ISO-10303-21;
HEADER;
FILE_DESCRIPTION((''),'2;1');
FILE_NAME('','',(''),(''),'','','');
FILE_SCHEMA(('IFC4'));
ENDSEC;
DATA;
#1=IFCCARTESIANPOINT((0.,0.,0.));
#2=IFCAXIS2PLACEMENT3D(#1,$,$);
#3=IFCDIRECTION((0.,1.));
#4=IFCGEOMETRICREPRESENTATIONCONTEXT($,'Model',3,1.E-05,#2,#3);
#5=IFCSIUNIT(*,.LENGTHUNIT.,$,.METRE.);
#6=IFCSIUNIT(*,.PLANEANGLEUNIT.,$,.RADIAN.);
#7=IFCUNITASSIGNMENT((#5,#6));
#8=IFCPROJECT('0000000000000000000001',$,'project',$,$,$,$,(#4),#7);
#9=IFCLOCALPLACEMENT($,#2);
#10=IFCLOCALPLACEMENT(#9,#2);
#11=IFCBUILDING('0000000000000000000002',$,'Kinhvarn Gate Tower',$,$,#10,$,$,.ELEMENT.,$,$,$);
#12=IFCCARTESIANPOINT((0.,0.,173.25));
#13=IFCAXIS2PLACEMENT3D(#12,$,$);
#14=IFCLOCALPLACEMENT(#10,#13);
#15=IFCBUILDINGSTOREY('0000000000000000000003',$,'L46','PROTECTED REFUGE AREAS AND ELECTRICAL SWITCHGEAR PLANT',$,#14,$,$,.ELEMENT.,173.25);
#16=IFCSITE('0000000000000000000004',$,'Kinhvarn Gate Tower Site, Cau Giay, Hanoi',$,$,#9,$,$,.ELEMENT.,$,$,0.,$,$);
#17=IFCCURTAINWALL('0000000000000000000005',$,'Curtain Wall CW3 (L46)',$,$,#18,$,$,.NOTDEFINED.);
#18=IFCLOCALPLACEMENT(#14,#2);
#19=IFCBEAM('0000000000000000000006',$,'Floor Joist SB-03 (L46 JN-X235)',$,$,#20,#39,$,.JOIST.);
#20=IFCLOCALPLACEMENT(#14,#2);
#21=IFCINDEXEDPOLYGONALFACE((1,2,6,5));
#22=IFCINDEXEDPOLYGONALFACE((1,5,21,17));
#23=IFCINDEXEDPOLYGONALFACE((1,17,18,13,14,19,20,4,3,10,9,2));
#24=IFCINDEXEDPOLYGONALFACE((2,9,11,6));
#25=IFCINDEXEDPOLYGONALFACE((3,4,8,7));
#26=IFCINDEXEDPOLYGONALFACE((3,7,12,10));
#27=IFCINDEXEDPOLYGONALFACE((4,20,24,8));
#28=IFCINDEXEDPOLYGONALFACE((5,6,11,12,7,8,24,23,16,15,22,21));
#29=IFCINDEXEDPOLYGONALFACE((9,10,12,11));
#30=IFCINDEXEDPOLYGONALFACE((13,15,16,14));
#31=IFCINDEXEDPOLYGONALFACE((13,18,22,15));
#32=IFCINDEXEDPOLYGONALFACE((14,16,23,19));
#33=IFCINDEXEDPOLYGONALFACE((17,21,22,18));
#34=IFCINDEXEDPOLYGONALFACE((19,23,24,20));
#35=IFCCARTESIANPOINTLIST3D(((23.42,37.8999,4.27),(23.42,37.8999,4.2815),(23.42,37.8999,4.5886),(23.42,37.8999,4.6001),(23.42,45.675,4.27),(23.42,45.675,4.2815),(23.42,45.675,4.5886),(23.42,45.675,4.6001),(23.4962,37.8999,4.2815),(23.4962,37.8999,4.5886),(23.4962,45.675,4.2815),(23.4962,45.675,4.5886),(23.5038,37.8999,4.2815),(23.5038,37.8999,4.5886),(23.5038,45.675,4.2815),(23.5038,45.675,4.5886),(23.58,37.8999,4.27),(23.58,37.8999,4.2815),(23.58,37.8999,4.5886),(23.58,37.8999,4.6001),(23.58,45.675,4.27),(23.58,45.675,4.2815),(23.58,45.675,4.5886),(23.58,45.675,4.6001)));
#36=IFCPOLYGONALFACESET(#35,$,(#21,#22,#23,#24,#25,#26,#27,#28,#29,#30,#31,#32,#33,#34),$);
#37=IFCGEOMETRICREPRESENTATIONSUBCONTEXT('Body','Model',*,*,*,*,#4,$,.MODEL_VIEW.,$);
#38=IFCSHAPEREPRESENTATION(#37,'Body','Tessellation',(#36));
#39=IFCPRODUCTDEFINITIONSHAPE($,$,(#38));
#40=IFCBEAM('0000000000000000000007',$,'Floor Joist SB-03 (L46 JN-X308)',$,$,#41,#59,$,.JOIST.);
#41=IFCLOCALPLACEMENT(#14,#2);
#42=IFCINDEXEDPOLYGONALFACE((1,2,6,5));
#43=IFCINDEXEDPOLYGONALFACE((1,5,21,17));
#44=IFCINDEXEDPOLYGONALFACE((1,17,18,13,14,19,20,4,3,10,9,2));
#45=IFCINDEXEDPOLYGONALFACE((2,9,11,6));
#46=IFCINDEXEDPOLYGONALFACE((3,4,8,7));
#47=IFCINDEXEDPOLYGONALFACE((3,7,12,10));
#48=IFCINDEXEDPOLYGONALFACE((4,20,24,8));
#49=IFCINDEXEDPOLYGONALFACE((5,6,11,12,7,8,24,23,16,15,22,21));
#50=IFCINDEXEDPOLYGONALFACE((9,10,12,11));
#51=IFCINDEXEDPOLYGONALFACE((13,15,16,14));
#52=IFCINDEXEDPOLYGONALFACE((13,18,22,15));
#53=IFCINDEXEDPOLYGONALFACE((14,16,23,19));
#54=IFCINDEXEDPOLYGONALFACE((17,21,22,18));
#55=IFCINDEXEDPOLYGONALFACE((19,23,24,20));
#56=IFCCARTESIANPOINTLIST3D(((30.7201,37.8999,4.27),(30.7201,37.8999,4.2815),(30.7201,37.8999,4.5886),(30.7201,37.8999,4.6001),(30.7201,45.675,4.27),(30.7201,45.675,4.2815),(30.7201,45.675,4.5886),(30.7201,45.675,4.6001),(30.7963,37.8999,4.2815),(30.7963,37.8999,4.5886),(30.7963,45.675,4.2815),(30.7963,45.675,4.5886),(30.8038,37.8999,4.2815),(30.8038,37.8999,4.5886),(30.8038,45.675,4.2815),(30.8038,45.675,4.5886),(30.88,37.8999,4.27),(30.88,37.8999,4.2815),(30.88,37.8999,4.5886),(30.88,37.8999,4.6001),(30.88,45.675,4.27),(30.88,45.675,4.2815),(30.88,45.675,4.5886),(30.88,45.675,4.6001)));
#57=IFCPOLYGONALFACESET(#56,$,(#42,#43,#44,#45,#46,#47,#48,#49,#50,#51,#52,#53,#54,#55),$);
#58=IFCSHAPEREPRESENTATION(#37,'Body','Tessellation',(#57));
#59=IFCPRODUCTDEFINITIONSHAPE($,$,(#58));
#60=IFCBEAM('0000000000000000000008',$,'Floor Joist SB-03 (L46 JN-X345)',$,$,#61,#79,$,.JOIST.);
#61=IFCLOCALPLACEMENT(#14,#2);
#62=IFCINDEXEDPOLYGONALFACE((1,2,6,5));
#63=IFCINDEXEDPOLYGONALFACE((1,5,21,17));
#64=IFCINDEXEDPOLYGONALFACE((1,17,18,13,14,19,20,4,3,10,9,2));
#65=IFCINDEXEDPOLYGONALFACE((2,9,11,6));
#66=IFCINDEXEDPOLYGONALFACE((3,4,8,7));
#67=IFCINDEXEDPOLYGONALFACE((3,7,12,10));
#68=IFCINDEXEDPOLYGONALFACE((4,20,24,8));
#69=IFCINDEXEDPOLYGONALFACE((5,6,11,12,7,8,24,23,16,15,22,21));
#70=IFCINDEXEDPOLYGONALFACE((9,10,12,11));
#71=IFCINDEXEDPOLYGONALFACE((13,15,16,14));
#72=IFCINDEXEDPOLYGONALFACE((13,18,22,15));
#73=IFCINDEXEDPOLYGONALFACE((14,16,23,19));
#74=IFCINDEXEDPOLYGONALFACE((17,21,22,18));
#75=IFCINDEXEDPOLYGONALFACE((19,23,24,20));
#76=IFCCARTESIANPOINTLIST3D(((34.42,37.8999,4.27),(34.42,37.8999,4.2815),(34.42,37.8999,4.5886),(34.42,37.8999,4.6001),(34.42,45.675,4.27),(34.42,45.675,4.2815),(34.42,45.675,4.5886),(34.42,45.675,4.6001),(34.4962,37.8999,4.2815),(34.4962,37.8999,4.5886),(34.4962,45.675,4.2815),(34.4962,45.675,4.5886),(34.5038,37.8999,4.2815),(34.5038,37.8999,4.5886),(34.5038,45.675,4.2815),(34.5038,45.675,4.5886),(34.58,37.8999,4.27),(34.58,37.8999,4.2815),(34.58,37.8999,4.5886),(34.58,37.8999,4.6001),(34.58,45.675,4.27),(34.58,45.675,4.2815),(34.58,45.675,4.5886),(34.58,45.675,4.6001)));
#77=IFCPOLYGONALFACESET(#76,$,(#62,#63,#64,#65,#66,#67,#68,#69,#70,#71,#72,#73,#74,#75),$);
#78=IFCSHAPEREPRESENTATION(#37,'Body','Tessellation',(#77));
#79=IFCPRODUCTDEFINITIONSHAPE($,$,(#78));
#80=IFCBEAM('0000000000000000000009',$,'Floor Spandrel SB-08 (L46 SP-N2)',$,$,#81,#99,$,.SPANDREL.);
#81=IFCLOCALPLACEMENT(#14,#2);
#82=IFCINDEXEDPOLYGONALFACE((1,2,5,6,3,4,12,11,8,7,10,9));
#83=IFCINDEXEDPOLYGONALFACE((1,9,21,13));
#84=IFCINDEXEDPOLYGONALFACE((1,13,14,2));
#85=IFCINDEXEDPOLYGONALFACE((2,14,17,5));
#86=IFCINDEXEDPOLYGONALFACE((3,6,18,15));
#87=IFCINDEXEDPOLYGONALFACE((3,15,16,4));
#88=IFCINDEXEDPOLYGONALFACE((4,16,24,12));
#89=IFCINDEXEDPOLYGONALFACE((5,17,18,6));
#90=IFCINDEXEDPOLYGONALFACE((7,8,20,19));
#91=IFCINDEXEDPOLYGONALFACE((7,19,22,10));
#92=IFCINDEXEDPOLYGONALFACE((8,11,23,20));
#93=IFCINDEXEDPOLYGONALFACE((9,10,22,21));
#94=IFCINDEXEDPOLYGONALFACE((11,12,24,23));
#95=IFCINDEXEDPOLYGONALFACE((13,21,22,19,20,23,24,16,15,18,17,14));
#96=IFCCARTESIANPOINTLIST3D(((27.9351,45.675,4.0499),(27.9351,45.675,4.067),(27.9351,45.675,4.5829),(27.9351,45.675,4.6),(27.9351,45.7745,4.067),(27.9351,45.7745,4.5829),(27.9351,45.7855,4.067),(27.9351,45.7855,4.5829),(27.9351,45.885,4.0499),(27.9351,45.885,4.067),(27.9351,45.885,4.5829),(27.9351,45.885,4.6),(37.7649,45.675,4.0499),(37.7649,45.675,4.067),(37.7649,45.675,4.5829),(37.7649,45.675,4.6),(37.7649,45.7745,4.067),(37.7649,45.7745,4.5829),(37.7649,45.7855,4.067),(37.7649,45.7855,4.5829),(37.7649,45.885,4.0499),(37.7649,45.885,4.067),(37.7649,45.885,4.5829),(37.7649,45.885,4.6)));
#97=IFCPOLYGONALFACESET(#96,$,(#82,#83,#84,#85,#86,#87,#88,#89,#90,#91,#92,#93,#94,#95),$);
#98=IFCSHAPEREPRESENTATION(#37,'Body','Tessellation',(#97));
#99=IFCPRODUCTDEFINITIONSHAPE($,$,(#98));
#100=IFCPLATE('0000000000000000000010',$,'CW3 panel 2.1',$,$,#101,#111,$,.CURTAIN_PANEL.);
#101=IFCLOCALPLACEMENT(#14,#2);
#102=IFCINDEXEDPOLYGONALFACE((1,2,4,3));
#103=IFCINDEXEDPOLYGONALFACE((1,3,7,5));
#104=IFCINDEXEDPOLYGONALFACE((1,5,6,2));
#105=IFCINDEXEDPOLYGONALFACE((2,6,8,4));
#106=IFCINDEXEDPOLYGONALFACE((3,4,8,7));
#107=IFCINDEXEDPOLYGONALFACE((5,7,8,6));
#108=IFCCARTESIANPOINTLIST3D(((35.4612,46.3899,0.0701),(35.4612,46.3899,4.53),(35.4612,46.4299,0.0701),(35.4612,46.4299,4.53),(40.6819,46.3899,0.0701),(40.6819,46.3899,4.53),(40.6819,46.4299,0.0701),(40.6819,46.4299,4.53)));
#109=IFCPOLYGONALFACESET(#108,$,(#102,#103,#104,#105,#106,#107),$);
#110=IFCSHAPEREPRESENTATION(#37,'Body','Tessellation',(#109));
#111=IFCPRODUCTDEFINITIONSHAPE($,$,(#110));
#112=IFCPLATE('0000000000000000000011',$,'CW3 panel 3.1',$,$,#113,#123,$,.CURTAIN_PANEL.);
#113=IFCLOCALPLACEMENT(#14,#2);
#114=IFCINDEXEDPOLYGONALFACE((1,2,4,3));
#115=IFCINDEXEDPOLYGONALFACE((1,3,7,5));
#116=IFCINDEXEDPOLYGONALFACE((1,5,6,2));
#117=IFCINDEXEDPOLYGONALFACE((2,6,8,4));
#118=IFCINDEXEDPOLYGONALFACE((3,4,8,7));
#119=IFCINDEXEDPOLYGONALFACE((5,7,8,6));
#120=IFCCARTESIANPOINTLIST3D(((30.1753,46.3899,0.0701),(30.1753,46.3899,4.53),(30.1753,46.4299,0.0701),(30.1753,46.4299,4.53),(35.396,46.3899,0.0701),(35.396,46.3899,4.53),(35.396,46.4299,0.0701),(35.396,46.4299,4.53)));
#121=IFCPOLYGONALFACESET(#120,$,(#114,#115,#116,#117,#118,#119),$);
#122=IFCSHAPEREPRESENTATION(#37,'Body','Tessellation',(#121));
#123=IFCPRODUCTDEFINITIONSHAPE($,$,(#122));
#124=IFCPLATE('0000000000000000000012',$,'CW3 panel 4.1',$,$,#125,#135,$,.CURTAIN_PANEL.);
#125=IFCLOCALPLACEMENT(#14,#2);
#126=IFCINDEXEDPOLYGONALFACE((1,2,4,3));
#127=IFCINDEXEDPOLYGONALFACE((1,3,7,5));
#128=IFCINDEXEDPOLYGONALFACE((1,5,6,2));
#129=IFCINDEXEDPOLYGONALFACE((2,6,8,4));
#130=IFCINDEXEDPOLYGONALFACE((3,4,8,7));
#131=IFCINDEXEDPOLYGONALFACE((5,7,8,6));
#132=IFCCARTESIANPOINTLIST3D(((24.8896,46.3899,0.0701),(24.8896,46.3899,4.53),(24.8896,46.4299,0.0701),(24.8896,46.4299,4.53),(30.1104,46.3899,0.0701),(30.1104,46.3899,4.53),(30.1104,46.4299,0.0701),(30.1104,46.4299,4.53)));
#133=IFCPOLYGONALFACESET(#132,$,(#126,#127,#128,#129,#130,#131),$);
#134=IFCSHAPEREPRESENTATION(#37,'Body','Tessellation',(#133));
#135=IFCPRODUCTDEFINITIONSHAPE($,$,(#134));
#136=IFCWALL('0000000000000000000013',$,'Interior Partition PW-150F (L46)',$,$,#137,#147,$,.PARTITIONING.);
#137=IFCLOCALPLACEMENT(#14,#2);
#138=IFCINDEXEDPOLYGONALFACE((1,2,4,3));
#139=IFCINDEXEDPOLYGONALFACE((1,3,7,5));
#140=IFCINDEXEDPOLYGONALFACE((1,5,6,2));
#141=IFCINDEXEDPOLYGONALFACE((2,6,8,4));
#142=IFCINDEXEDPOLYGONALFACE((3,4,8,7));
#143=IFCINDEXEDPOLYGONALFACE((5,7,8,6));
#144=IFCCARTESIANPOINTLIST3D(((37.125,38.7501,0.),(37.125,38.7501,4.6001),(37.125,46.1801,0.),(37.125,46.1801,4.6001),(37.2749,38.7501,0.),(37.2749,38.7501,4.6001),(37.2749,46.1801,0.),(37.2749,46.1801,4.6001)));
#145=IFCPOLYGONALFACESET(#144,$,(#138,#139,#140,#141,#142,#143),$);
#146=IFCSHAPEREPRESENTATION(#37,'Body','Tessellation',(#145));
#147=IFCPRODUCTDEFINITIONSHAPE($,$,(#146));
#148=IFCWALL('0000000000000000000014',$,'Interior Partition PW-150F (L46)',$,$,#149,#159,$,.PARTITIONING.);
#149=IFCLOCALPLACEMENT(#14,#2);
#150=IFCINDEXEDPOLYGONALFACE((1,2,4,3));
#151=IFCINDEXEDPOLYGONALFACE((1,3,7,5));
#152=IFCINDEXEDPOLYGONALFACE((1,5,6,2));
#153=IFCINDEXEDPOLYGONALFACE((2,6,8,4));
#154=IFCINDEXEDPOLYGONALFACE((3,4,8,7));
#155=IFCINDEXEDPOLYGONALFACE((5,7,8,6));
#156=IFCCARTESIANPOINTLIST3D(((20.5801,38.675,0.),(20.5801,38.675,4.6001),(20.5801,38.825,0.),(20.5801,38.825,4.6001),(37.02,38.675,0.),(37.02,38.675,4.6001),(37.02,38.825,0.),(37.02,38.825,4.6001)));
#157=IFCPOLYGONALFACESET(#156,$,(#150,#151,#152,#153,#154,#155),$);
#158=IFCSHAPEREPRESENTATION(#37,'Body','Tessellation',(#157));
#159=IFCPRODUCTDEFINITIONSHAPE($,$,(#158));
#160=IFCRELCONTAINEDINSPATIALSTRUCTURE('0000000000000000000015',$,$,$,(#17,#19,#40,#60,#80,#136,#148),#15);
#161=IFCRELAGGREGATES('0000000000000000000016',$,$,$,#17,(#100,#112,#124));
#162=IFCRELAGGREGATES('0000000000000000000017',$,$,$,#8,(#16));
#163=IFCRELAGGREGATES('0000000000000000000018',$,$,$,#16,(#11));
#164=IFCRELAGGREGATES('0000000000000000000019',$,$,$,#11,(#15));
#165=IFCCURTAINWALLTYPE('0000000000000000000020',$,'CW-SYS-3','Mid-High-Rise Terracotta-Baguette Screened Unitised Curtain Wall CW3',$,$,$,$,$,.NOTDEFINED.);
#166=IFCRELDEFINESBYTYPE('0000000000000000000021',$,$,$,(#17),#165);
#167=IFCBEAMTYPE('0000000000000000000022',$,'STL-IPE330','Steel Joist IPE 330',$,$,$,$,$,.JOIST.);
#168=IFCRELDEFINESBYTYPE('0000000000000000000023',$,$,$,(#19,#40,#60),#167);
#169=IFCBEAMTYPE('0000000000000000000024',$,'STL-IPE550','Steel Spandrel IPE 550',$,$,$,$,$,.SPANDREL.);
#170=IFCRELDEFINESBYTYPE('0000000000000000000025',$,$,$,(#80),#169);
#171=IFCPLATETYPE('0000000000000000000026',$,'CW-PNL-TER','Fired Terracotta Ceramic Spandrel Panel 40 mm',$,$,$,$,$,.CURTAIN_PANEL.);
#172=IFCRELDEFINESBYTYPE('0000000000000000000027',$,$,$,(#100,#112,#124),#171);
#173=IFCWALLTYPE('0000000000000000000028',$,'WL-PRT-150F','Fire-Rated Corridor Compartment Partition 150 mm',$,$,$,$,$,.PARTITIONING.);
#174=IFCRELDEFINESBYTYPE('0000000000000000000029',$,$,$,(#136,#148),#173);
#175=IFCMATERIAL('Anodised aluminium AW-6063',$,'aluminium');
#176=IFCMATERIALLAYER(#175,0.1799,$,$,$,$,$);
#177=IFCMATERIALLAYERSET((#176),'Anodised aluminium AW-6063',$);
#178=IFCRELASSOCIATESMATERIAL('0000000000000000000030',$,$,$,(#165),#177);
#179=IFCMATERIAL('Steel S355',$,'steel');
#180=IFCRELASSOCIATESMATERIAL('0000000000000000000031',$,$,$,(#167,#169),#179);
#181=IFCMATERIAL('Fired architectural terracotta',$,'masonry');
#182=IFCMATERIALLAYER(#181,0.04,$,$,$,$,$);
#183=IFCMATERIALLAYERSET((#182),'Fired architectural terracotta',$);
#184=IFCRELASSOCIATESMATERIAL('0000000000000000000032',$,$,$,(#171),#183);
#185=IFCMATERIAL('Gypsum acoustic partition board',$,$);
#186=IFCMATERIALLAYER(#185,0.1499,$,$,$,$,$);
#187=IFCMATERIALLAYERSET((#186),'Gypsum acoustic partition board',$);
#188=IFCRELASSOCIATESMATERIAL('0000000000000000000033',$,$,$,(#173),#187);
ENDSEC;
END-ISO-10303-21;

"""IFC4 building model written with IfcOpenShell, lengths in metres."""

from ifc_helpers import new_model, si_unit, direction, frame, frame_2d, origin, origin_2d, place, context, subcontext, project, spatial, rectangle, i_section, extrude, material, layer, layer_set, material_profile, profile_set, type_object, element, aggregate, save


model = new_model("IFC4")

# Units and contexts
model_context = context("Model", 3, precision=1e-05, world=origin(), true_north=direction((0.0, 1.0)))
body_context = subcontext(model_context, "Body", "Model", "MODEL_VIEW")
ifc_project = project(units=[si_unit("LENGTHUNIT", "METRE"), si_unit("PLANEANGLEUNIT", "RADIAN")], contexts=[model_context])

# Site, building, storey
site_placement = place(None, origin())
site = spatial("IfcSite", under=ifc_project, at=site_placement, Name="Kinhvarn Gate Tower Site, Cau Giay, Hanoi", CompositionType="ELEMENT", RefElevation=0.0)
building_placement = place(site_placement, origin())
building = spatial("IfcBuilding", under=site, at=building_placement, Name="Kinhvarn Gate Tower", CompositionType="ELEMENT")
storey_placement = place(building_placement, frame((0.0, 0.0, 173.25)))
storey = spatial("IfcBuildingStorey", under=building, at=storey_placement, Name="L46", Description="PROTECTED REFUGE AREAS AND ELECTRICAL SWITCHGEAR PLANT", CompositionType="ELEMENT", Elevation=173.25)

# Curtain wall
ifc_material_1 = material(Name="Anodised aluminium AW-6063", Category="aluminium")
ifc_layer_1 = layer(ifc_material_1, 0.1799)
ifc_layer_set_1 = layer_set([ifc_layer_1], Name="Anodised aluminium AW-6063")
curtain_wall_type = type_object("IfcCurtainWallType", Name="CW-SYS-3", Description="Mid-High-Rise Terracotta-Baguette Screened Unitised Curtain Wall CW3", PredefinedType="NOTDEFINED", material=ifc_layer_set_1)
curtain_wall_placement = place(storey_placement, origin())
curtain_wall = element("IfcCurtainWall", 1, at=curtain_wall_placement, inside=storey, type_object=curtain_wall_type, Name="Curtain Wall CW3 (L46)", PredefinedType="NOTDEFINED")

# Shared definitions
ifc_material_2 = material(Name="Steel S355", Category="steel")

# Beams
ifc_material_profile_1 = material_profile(ifc_material_2, i_section(OverallWidth=0.1599, OverallDepth=0.3301, WebThickness=0.0076, FlangeThickness=0.0115, at=origin_2d()), Name="IPE 330")
ifc_profile_set_1 = profile_set([ifc_material_profile_1], Name="Steel S355")
beam_type_1 = type_object("IfcBeamType", Name="STL-IPE330", Description="Steel Joist IPE 330", PredefinedType="JOIST", material=ifc_profile_set_1)
for number, where, z_axis, x_axis, name in (
    (2, (23.5, 37.8999, 4.4351), (0.0, 1.0, 0.0), (-1.0, 0.0, 0.0), "Floor Joist SB-03 (L46 JN-X235)"),
    (3, (30.8, 37.8999, 4.4351), (0.0, 1.0, 0.0), (-1.0, 0.0, 0.0), "Floor Joist SB-03 (L46 JN-X308)"),
    (4, (34.5, 37.8999, 4.4351), (0.0, 1.0, 0.0), (-1.0, 0.0, 0.0), "Floor Joist SB-03 (L46 JN-X345)"),
):
    element("IfcBeam", number, at=place(storey_placement, frame(where, z_axis=z_axis, x_axis=x_axis)), inside=storey, type_object=beam_type_1, Name=name, PredefinedType="JOIST", context=body_context, shape_type="SweptSolid", body=[
        extrude(i_section(OverallWidth=0.1599, OverallDepth=0.3301, WebThickness=0.0076, FlangeThickness=0.0115, at=origin_2d()), origin(), (0.0, 0.0, 1.0), 7.7751),
    ])
ifc_material_profile_2 = material_profile(ifc_material_2, i_section(OverallWidth=0.21, OverallDepth=0.55, WebThickness=0.011, FlangeThickness=0.0171, at=origin_2d()), Name="IPE 550")
ifc_profile_set_2 = profile_set([ifc_material_profile_2], Name="Steel S355")
beam_type_2 = type_object("IfcBeamType", Name="STL-IPE550", Description="Steel Spandrel IPE 550", PredefinedType="SPANDREL", material=ifc_profile_set_2)
beam_1_placement = place(storey_placement, frame((27.9351, 45.78, 4.325), z_axis=(1.0, 0.0, 0.0), x_axis=(0.0, 1.0, 0.0)))
element("IfcBeam", 5, at=beam_1_placement, inside=storey, type_object=beam_type_2, Name="Floor Spandrel SB-08 (L46 SP-N2)", PredefinedType="SPANDREL", context=body_context, shape_type="SweptSolid", body=[
    extrude(i_section(OverallWidth=0.21, OverallDepth=0.55, WebThickness=0.011, FlangeThickness=0.0171, at=origin_2d()), origin(), (0.0, 0.0, 1.0), 9.8298),
])

# Plates
ifc_material_3 = material(Name="Fired architectural terracotta", Category="masonry")
ifc_layer_2 = layer(ifc_material_3, 0.04)
ifc_layer_set_2 = layer_set([ifc_layer_2], Name="Fired architectural terracotta")
plate_type = type_object("IfcPlateType", Name="CW-PNL-TER", Description="Fired Terracotta Ceramic Spandrel Panel 40 mm", PredefinedType="CURTAIN_PANEL", material=ifc_layer_set_2)
plate_1_placement = place(storey_placement, frame((38.0715, 46.4099, 0.0701), z_axis=(0.0, 0.0, 1.0), x_axis=(-1.0, 0.0, 0.0)))
plate_1 = element("IfcPlate", 6, at=plate_1_placement, type_object=plate_type, Name="CW3 panel 2.1", PredefinedType="CURTAIN_PANEL", context=body_context, shape_type="SweptSolid", body=[
    extrude(rectangle(XDim=5.2207, YDim=0.04, at=origin_2d()), origin(), (0.0, 0.0, 1.0), 4.46),
])
plate_2_placement = place(storey_placement, frame((32.7856, 46.4099, 0.0701), z_axis=(0.0, 0.0, 1.0), x_axis=(-1.0, 0.0, 0.0)))
plate_2 = element("IfcPlate", 7, at=plate_2_placement, type_object=plate_type, Name="CW3 panel 3.1", PredefinedType="CURTAIN_PANEL", context=body_context, shape_type="SweptSolid", body=[
    extrude(rectangle(XDim=5.2207, YDim=0.04, at=origin_2d()), origin(), (0.0, 0.0, 1.0), 4.46),
])
plate_3_placement = place(storey_placement, frame((27.5, 46.4099, 0.0701), z_axis=(0.0, 0.0, 1.0), x_axis=(-1.0, 0.0, 0.0)))
plate_3 = element("IfcPlate", 8, at=plate_3_placement, type_object=plate_type, Name="CW3 panel 4.1", PredefinedType="CURTAIN_PANEL", context=body_context, shape_type="SweptSolid", body=[
    extrude(rectangle(XDim=5.2207, YDim=0.04, at=origin_2d()), origin(), (0.0, 0.0, 1.0), 4.46),
])
aggregate(curtain_wall, [plate_1, plate_2, plate_3])

# Walls
ifc_material_4 = material(Name="Gypsum acoustic partition board")
ifc_layer_3 = layer(ifc_material_4, 0.1499)
ifc_layer_set_3 = layer_set([ifc_layer_3], Name="Gypsum acoustic partition board")
wall_type = type_object("IfcWallType", Name="WL-PRT-150F", Description="Fire-Rated Corridor Compartment Partition 150 mm", PredefinedType="PARTITIONING", material=ifc_layer_set_3)
wall_1_placement = place(storey_placement, frame((37.2, 46.1799, 0.0), z_axis=(0.0, 0.0, 1.0), x_axis=(0.0, -1.0, 0.0)))
element("IfcWall", 9, at=wall_1_placement, inside=storey, type_object=wall_type, Name="Interior Partition PW-150F (L46)", PredefinedType="PARTITIONING", context=body_context, shape_type="SweptSolid", body=[
    extrude(rectangle(XDim=7.4299, YDim=0.1499, at=frame_2d((3.7148, 0.0))), origin(), (0.0, 0.0, 1.0), 4.6001),
])
wall_2_placement = place(storey_placement, frame((37.02, 38.75, 0.0), z_axis=(0.0, 0.0, 1.0), x_axis=(-1.0, 0.0, 0.0)))
element("IfcWall", 10, at=wall_2_placement, inside=storey, type_object=wall_type, Name="Interior Partition PW-150F (L46)", PredefinedType="PARTITIONING", context=body_context, shape_type="SweptSolid", body=[
    extrude(rectangle(XDim=16.4399, YDim=0.1499, at=frame_2d((8.22, 0.0))), origin(), (0.0, 0.0, 1.0), 4.6001),
])

save(model, "model.ifc")
